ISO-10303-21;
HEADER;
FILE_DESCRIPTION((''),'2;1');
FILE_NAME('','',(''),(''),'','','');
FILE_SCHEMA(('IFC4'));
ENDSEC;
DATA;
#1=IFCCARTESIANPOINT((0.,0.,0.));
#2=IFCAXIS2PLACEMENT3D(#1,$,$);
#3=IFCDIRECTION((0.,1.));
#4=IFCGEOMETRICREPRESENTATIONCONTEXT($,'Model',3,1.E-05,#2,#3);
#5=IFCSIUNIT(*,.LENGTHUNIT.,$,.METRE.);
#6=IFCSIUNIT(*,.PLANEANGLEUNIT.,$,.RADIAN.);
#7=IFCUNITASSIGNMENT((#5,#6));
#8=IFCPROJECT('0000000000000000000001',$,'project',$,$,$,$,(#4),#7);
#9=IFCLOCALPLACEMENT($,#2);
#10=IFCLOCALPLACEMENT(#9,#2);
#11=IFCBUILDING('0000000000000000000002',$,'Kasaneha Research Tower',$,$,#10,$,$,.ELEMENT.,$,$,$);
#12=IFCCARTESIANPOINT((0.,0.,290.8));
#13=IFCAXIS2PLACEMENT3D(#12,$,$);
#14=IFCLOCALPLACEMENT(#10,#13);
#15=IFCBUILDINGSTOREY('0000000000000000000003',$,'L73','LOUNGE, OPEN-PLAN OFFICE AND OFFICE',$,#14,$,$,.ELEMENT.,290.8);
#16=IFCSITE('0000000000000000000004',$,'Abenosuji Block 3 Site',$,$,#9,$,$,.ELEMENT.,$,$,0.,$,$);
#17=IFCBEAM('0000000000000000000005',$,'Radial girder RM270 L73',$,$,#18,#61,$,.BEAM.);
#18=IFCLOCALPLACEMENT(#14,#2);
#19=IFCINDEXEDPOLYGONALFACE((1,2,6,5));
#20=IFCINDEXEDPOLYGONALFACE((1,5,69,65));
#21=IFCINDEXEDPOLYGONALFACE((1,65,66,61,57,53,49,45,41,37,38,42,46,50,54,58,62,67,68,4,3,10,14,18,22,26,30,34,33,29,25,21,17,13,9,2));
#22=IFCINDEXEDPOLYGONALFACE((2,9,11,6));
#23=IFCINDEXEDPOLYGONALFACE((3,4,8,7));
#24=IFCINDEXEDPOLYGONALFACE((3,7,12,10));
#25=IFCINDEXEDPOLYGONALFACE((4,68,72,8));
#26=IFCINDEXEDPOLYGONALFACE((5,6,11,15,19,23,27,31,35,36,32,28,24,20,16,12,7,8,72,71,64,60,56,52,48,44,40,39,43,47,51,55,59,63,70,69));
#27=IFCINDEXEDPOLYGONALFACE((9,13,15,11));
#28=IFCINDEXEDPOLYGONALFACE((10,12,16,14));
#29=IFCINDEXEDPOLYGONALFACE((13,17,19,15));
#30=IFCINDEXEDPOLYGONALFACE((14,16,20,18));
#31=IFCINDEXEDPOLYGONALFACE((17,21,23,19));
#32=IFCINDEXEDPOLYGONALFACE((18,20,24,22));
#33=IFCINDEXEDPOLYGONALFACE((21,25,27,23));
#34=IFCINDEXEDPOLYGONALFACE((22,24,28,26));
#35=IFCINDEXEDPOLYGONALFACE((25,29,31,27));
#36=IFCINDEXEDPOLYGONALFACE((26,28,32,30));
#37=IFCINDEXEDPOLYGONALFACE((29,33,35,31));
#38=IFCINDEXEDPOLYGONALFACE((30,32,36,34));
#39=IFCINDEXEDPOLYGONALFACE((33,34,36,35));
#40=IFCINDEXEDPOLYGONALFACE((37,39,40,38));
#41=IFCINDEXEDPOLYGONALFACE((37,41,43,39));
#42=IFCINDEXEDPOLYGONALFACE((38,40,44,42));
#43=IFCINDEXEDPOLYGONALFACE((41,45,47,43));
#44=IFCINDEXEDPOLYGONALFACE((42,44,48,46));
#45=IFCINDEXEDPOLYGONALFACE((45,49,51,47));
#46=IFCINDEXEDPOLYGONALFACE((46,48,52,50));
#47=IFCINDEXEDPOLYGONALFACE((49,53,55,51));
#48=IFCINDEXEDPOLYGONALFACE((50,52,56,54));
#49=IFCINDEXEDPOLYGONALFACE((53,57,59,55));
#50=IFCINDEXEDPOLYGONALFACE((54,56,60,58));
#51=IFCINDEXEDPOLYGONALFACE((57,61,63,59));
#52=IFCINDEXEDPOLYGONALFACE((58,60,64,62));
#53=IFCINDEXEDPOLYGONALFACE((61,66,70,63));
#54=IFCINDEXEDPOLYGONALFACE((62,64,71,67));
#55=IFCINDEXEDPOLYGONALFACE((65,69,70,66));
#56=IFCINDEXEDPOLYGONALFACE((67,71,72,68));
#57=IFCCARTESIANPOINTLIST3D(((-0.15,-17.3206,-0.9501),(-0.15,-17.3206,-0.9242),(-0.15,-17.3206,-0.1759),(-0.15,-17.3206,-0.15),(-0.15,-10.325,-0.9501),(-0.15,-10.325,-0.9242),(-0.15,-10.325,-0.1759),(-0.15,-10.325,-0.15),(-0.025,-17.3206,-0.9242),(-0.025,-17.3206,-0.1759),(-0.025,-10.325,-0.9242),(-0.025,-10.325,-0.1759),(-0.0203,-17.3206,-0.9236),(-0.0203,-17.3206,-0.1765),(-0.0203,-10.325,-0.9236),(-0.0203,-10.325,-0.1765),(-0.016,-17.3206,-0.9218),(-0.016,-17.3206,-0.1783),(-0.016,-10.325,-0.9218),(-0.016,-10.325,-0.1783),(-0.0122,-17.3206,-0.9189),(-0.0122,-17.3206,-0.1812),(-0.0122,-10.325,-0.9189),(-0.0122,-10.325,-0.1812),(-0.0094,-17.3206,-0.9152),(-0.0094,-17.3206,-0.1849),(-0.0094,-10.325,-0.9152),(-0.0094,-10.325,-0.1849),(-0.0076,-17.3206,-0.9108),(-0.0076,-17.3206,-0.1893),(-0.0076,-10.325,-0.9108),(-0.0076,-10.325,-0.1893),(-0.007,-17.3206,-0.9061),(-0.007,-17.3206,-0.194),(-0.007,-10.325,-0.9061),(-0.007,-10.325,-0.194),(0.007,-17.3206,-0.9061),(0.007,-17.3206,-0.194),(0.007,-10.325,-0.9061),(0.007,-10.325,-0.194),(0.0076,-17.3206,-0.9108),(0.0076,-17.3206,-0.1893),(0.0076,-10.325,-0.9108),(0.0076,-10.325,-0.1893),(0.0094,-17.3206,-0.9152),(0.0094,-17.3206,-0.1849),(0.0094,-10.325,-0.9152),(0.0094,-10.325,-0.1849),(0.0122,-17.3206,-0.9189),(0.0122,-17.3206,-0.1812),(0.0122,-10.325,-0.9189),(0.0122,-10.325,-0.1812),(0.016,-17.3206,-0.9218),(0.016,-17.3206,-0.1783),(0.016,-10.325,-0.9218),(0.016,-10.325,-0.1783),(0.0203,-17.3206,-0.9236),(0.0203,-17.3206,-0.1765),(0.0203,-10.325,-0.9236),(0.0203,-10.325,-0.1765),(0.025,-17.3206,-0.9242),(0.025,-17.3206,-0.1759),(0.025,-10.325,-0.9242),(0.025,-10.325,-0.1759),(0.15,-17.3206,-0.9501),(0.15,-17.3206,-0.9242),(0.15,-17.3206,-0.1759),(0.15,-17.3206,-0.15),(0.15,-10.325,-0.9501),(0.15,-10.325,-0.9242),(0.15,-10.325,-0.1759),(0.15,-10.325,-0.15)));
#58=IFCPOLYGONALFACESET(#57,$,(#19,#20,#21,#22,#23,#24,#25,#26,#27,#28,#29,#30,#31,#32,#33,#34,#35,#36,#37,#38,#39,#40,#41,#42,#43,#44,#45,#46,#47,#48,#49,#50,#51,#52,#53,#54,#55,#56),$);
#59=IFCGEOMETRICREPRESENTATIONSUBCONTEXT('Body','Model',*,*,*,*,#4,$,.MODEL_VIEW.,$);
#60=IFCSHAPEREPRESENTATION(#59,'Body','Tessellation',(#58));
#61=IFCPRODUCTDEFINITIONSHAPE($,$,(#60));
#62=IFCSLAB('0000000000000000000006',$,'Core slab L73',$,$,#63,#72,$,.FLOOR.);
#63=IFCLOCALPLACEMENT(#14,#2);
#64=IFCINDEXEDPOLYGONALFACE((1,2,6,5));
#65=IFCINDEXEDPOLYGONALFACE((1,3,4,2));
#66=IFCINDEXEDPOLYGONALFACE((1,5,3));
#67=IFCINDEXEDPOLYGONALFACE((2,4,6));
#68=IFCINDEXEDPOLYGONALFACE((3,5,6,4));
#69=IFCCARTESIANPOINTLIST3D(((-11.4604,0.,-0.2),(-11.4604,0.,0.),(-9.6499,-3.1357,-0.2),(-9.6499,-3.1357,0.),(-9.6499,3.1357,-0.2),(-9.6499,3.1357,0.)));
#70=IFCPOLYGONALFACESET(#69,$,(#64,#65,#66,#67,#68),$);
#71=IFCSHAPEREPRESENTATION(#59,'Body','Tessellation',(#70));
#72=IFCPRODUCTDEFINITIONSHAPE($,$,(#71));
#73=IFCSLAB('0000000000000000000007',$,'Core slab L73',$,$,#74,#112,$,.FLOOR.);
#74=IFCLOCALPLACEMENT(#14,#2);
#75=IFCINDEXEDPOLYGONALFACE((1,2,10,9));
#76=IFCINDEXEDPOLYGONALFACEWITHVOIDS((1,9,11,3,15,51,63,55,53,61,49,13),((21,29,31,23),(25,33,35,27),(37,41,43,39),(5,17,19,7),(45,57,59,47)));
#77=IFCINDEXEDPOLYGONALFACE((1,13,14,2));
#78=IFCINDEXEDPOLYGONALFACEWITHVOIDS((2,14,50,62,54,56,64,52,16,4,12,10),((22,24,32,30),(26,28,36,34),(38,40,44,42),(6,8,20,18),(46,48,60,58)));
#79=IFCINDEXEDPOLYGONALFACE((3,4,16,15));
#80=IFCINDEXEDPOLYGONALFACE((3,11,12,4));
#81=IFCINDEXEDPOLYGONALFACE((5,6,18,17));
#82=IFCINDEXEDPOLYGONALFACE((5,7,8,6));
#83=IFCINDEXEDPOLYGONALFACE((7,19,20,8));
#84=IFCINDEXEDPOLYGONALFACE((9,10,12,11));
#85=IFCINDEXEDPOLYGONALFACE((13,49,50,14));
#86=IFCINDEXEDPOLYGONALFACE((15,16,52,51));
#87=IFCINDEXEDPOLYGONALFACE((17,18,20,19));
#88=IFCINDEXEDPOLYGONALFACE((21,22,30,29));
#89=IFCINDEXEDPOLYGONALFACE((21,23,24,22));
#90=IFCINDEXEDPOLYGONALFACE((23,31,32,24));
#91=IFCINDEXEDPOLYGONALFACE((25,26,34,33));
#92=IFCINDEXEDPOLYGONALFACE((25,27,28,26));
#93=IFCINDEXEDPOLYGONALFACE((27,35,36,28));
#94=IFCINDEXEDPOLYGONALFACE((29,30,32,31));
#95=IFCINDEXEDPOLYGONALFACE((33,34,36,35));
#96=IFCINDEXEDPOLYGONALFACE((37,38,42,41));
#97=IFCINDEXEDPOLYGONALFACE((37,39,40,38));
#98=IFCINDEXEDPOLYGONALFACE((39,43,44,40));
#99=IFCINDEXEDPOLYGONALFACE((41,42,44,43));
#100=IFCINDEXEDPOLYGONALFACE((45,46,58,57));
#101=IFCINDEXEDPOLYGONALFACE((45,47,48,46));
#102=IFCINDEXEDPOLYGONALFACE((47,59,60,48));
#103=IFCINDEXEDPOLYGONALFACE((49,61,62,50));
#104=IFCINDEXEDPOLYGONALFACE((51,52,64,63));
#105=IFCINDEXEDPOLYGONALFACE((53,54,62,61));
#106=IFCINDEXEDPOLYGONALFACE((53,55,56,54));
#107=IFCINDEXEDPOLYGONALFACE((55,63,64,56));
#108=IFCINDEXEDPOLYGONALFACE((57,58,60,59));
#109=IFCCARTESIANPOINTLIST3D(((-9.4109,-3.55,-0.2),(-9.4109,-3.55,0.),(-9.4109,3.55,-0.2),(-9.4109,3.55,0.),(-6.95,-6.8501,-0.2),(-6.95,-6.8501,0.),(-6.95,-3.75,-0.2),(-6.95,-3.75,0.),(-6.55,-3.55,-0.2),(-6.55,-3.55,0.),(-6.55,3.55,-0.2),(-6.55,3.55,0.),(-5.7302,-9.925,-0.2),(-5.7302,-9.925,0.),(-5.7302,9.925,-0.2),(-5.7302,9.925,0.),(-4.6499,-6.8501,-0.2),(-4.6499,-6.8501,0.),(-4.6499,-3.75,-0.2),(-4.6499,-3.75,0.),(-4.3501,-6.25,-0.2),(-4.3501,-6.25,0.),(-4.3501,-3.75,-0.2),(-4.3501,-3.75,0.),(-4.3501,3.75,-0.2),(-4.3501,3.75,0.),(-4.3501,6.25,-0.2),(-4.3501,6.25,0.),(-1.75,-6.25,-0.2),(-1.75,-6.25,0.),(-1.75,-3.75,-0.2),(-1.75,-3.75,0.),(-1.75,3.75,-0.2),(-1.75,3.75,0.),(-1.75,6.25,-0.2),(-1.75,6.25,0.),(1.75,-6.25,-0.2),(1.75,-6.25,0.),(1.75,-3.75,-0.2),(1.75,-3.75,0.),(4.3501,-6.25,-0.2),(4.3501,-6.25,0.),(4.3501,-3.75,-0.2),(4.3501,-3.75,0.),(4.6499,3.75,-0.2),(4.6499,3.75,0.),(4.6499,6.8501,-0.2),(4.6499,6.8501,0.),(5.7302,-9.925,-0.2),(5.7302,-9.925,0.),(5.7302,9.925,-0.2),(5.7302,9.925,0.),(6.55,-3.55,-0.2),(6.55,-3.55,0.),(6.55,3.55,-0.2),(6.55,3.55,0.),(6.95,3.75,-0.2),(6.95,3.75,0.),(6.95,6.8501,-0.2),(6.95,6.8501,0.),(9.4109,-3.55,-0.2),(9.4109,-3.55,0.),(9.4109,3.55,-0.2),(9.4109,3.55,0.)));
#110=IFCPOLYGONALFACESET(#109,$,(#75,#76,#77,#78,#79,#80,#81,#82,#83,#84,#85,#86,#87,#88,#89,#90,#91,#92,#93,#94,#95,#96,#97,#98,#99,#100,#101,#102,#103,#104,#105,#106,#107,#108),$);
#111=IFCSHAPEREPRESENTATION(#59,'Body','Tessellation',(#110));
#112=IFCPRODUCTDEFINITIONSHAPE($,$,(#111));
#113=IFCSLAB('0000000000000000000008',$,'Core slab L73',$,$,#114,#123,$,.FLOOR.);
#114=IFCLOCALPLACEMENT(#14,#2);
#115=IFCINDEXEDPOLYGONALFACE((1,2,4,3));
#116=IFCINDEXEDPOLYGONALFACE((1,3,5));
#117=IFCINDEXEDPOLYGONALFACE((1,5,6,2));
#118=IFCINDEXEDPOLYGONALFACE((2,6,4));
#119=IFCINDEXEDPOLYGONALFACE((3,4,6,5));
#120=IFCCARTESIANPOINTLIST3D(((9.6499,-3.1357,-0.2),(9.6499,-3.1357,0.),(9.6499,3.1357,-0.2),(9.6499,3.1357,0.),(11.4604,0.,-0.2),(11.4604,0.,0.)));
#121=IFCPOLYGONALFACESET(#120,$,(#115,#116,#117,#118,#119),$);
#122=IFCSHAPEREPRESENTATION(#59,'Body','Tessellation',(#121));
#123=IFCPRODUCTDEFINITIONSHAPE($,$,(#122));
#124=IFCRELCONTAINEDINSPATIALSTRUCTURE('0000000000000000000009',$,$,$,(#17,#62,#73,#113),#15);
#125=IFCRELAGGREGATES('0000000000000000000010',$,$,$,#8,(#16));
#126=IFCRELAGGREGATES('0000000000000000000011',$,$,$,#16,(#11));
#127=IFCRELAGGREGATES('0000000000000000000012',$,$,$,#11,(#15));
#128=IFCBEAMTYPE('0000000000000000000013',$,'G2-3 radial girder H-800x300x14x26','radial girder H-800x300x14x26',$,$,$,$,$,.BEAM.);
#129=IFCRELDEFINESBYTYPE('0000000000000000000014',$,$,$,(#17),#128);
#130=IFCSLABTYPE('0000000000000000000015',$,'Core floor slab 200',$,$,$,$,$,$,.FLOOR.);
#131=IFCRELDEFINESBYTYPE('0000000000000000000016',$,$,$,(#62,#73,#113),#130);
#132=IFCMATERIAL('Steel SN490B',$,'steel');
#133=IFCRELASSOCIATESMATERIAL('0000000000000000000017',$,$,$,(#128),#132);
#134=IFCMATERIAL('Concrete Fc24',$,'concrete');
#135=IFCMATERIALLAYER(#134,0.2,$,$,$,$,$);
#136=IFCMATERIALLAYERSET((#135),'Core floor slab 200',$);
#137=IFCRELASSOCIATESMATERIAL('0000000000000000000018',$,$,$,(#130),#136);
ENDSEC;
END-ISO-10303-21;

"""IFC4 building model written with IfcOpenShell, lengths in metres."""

from ifc_helpers import new_model, si_unit, direction, frame, origin, origin_2d, place, context, subcontext, project, spatial, polyline, i_section, outline, extrude, material, layer, layer_set, material_profile, profile_set, type_object, element, save


model = new_model("IFC4")

# Units and contexts
model_context = context("Model", 3, precision=1e-05, world=origin(), true_north=direction((0.0, 1.0)))
body_context = subcontext(model_context, "Body", "Model", "MODEL_VIEW")
ifc_project = project(units=[si_unit("LENGTHUNIT", "METRE"), si_unit("PLANEANGLEUNIT", "RADIAN")], contexts=[model_context])

# Site, building, storey
site_placement = place(None, origin())
site = spatial("IfcSite", under=ifc_project, at=site_placement, Name="Abenosuji Block 3 Site", CompositionType="ELEMENT", RefElevation=0.0)
building_placement = place(site_placement, origin())
building = spatial("IfcBuilding", under=site, at=building_placement, Name="Kasaneha Research Tower", CompositionType="ELEMENT")
storey_placement = place(building_placement, frame((0.0, 0.0, 290.8)))
storey = spatial("IfcBuildingStorey", under=building, at=storey_placement, Name="L73", Description="LOUNGE, OPEN-PLAN OFFICE AND OFFICE", CompositionType="ELEMENT", Elevation=290.8)

# Beam
ifc_material_1 = material(Name="Steel SN490B", Category="steel")
ifc_material_profile = material_profile(ifc_material_1, i_section(OverallWidth=0.3, OverallDepth=0.8, WebThickness=0.0139, FlangeThickness=0.0259, FilletRadius=0.0181, at=origin_2d()), Name="H-800x300x14x26")
ifc_profile_set = profile_set([ifc_material_profile], Name="Steel SN490B")
beam_type = type_object("IfcBeamType", Name="G2-3 radial girder H-800x300x14x26", Description="radial girder H-800x300x14x26", PredefinedType="BEAM", material=ifc_profile_set)
beam_placement = place(storey_placement, frame((0.0, -10.325, -0.55), z_axis=(0.0, -1.0, 0.0), x_axis=(1.0, 0.0, 0.0)))
element("IfcBeam", 1, at=beam_placement, inside=storey, type_object=beam_type, Name="Radial girder RM270 L73", PredefinedType="BEAM", context=body_context, shape_type="SweptSolid", body=[
    extrude(i_section(OverallWidth=0.3, OverallDepth=0.8, WebThickness=0.0139, FlangeThickness=0.0259, FilletRadius=0.0181, at=origin_2d()), origin(), (0.0, 0.0, 1.0), 6.9956),
])

# Slabs
ifc_material_2 = material(Name="Concrete Fc24", Category="concrete")
ifc_layer_1 = layer(ifc_material_2, 0.2)
ifc_layer_set_1 = layer_set([ifc_layer_1], Name="Core floor slab 200")
slab_type_1 = type_object("IfcSlabType", Name="Core floor slab 200", PredefinedType="FLOOR", material=ifc_layer_set_1)
slab_1_placement = place(storey_placement, frame((0.0, 0.0, -0.2)))
element("IfcSlab", 2, at=slab_1_placement, inside=storey, type_object=slab_type_1, Name="Core slab L73", PredefinedType="FLOOR", context=body_context, shape_type="SweptSolid", body=[
    extrude(outline(polyline([(-11.4604, 0.0), (-9.6499, 3.1357), (-9.6499, -3.1357), (-11.4604, 0.0)])), origin(), (0.0, 0.0, 1.0), 0.2),
])
slab_2_placement = place(storey_placement, frame((0.0, 0.0, -0.2)))
element("IfcSlab", 3, at=slab_2_placement, inside=storey, type_object=slab_type_1, Name="Core slab L73", PredefinedType="FLOOR", context=body_context, shape_type="SweptSolid", body=[
    extrude(outline(polyline([(-5.7302, 9.925), (5.7302, 9.925), (9.4109, 3.55), (6.55, 3.55), (6.55, -3.55), (9.4109, -3.55), (5.7302, -9.925), (-5.7302, -9.925), (-9.4109, -3.55), (-6.55, -3.55), (-6.55, 3.55), (-9.4109, 3.55), (-5.7302, 9.925)]), holes=[polyline([(-6.95, -6.8501), (-4.6499, -6.8501), (-4.6499, -3.75), (-6.95, -3.75), (-6.95, -6.8501)]), polyline([(-4.3501, -3.75), (-4.3501, -6.25), (-1.75, -6.25), (-1.75, -3.75), (-4.3501, -3.75)]), polyline([(1.75, -3.75), (1.75, -6.25), (4.3501, -6.25), (4.3501, -3.75), (1.75, -3.75)]), polyline([(-4.3501, 6.25), (-4.3501, 3.75), (-1.75, 3.75), (-1.75, 6.25), (-4.3501, 6.25)]), polyline([(4.6499, 6.8501), (4.6499, 3.75), (6.95, 3.75), (6.95, 6.8501), (4.6499, 6.8501)])]), origin(), (0.0, 0.0, 1.0), 0.2),
])
slab_3_placement = place(storey_placement, frame((0.0, 0.0, -0.2)))
element("IfcSlab", 4, at=slab_3_placement, inside=storey, type_object=slab_type_1, Name="Core slab L73", PredefinedType="FLOOR", context=body_context, shape_type="SweptSolid", body=[
    extrude(outline(polyline([(11.4604, 0.0), (9.6499, -3.1357), (9.6499, 3.1357), (11.4604, 0.0)])), origin(), (0.0, 0.0, 1.0), 0.2),
])

save(model, "model.ifc")
